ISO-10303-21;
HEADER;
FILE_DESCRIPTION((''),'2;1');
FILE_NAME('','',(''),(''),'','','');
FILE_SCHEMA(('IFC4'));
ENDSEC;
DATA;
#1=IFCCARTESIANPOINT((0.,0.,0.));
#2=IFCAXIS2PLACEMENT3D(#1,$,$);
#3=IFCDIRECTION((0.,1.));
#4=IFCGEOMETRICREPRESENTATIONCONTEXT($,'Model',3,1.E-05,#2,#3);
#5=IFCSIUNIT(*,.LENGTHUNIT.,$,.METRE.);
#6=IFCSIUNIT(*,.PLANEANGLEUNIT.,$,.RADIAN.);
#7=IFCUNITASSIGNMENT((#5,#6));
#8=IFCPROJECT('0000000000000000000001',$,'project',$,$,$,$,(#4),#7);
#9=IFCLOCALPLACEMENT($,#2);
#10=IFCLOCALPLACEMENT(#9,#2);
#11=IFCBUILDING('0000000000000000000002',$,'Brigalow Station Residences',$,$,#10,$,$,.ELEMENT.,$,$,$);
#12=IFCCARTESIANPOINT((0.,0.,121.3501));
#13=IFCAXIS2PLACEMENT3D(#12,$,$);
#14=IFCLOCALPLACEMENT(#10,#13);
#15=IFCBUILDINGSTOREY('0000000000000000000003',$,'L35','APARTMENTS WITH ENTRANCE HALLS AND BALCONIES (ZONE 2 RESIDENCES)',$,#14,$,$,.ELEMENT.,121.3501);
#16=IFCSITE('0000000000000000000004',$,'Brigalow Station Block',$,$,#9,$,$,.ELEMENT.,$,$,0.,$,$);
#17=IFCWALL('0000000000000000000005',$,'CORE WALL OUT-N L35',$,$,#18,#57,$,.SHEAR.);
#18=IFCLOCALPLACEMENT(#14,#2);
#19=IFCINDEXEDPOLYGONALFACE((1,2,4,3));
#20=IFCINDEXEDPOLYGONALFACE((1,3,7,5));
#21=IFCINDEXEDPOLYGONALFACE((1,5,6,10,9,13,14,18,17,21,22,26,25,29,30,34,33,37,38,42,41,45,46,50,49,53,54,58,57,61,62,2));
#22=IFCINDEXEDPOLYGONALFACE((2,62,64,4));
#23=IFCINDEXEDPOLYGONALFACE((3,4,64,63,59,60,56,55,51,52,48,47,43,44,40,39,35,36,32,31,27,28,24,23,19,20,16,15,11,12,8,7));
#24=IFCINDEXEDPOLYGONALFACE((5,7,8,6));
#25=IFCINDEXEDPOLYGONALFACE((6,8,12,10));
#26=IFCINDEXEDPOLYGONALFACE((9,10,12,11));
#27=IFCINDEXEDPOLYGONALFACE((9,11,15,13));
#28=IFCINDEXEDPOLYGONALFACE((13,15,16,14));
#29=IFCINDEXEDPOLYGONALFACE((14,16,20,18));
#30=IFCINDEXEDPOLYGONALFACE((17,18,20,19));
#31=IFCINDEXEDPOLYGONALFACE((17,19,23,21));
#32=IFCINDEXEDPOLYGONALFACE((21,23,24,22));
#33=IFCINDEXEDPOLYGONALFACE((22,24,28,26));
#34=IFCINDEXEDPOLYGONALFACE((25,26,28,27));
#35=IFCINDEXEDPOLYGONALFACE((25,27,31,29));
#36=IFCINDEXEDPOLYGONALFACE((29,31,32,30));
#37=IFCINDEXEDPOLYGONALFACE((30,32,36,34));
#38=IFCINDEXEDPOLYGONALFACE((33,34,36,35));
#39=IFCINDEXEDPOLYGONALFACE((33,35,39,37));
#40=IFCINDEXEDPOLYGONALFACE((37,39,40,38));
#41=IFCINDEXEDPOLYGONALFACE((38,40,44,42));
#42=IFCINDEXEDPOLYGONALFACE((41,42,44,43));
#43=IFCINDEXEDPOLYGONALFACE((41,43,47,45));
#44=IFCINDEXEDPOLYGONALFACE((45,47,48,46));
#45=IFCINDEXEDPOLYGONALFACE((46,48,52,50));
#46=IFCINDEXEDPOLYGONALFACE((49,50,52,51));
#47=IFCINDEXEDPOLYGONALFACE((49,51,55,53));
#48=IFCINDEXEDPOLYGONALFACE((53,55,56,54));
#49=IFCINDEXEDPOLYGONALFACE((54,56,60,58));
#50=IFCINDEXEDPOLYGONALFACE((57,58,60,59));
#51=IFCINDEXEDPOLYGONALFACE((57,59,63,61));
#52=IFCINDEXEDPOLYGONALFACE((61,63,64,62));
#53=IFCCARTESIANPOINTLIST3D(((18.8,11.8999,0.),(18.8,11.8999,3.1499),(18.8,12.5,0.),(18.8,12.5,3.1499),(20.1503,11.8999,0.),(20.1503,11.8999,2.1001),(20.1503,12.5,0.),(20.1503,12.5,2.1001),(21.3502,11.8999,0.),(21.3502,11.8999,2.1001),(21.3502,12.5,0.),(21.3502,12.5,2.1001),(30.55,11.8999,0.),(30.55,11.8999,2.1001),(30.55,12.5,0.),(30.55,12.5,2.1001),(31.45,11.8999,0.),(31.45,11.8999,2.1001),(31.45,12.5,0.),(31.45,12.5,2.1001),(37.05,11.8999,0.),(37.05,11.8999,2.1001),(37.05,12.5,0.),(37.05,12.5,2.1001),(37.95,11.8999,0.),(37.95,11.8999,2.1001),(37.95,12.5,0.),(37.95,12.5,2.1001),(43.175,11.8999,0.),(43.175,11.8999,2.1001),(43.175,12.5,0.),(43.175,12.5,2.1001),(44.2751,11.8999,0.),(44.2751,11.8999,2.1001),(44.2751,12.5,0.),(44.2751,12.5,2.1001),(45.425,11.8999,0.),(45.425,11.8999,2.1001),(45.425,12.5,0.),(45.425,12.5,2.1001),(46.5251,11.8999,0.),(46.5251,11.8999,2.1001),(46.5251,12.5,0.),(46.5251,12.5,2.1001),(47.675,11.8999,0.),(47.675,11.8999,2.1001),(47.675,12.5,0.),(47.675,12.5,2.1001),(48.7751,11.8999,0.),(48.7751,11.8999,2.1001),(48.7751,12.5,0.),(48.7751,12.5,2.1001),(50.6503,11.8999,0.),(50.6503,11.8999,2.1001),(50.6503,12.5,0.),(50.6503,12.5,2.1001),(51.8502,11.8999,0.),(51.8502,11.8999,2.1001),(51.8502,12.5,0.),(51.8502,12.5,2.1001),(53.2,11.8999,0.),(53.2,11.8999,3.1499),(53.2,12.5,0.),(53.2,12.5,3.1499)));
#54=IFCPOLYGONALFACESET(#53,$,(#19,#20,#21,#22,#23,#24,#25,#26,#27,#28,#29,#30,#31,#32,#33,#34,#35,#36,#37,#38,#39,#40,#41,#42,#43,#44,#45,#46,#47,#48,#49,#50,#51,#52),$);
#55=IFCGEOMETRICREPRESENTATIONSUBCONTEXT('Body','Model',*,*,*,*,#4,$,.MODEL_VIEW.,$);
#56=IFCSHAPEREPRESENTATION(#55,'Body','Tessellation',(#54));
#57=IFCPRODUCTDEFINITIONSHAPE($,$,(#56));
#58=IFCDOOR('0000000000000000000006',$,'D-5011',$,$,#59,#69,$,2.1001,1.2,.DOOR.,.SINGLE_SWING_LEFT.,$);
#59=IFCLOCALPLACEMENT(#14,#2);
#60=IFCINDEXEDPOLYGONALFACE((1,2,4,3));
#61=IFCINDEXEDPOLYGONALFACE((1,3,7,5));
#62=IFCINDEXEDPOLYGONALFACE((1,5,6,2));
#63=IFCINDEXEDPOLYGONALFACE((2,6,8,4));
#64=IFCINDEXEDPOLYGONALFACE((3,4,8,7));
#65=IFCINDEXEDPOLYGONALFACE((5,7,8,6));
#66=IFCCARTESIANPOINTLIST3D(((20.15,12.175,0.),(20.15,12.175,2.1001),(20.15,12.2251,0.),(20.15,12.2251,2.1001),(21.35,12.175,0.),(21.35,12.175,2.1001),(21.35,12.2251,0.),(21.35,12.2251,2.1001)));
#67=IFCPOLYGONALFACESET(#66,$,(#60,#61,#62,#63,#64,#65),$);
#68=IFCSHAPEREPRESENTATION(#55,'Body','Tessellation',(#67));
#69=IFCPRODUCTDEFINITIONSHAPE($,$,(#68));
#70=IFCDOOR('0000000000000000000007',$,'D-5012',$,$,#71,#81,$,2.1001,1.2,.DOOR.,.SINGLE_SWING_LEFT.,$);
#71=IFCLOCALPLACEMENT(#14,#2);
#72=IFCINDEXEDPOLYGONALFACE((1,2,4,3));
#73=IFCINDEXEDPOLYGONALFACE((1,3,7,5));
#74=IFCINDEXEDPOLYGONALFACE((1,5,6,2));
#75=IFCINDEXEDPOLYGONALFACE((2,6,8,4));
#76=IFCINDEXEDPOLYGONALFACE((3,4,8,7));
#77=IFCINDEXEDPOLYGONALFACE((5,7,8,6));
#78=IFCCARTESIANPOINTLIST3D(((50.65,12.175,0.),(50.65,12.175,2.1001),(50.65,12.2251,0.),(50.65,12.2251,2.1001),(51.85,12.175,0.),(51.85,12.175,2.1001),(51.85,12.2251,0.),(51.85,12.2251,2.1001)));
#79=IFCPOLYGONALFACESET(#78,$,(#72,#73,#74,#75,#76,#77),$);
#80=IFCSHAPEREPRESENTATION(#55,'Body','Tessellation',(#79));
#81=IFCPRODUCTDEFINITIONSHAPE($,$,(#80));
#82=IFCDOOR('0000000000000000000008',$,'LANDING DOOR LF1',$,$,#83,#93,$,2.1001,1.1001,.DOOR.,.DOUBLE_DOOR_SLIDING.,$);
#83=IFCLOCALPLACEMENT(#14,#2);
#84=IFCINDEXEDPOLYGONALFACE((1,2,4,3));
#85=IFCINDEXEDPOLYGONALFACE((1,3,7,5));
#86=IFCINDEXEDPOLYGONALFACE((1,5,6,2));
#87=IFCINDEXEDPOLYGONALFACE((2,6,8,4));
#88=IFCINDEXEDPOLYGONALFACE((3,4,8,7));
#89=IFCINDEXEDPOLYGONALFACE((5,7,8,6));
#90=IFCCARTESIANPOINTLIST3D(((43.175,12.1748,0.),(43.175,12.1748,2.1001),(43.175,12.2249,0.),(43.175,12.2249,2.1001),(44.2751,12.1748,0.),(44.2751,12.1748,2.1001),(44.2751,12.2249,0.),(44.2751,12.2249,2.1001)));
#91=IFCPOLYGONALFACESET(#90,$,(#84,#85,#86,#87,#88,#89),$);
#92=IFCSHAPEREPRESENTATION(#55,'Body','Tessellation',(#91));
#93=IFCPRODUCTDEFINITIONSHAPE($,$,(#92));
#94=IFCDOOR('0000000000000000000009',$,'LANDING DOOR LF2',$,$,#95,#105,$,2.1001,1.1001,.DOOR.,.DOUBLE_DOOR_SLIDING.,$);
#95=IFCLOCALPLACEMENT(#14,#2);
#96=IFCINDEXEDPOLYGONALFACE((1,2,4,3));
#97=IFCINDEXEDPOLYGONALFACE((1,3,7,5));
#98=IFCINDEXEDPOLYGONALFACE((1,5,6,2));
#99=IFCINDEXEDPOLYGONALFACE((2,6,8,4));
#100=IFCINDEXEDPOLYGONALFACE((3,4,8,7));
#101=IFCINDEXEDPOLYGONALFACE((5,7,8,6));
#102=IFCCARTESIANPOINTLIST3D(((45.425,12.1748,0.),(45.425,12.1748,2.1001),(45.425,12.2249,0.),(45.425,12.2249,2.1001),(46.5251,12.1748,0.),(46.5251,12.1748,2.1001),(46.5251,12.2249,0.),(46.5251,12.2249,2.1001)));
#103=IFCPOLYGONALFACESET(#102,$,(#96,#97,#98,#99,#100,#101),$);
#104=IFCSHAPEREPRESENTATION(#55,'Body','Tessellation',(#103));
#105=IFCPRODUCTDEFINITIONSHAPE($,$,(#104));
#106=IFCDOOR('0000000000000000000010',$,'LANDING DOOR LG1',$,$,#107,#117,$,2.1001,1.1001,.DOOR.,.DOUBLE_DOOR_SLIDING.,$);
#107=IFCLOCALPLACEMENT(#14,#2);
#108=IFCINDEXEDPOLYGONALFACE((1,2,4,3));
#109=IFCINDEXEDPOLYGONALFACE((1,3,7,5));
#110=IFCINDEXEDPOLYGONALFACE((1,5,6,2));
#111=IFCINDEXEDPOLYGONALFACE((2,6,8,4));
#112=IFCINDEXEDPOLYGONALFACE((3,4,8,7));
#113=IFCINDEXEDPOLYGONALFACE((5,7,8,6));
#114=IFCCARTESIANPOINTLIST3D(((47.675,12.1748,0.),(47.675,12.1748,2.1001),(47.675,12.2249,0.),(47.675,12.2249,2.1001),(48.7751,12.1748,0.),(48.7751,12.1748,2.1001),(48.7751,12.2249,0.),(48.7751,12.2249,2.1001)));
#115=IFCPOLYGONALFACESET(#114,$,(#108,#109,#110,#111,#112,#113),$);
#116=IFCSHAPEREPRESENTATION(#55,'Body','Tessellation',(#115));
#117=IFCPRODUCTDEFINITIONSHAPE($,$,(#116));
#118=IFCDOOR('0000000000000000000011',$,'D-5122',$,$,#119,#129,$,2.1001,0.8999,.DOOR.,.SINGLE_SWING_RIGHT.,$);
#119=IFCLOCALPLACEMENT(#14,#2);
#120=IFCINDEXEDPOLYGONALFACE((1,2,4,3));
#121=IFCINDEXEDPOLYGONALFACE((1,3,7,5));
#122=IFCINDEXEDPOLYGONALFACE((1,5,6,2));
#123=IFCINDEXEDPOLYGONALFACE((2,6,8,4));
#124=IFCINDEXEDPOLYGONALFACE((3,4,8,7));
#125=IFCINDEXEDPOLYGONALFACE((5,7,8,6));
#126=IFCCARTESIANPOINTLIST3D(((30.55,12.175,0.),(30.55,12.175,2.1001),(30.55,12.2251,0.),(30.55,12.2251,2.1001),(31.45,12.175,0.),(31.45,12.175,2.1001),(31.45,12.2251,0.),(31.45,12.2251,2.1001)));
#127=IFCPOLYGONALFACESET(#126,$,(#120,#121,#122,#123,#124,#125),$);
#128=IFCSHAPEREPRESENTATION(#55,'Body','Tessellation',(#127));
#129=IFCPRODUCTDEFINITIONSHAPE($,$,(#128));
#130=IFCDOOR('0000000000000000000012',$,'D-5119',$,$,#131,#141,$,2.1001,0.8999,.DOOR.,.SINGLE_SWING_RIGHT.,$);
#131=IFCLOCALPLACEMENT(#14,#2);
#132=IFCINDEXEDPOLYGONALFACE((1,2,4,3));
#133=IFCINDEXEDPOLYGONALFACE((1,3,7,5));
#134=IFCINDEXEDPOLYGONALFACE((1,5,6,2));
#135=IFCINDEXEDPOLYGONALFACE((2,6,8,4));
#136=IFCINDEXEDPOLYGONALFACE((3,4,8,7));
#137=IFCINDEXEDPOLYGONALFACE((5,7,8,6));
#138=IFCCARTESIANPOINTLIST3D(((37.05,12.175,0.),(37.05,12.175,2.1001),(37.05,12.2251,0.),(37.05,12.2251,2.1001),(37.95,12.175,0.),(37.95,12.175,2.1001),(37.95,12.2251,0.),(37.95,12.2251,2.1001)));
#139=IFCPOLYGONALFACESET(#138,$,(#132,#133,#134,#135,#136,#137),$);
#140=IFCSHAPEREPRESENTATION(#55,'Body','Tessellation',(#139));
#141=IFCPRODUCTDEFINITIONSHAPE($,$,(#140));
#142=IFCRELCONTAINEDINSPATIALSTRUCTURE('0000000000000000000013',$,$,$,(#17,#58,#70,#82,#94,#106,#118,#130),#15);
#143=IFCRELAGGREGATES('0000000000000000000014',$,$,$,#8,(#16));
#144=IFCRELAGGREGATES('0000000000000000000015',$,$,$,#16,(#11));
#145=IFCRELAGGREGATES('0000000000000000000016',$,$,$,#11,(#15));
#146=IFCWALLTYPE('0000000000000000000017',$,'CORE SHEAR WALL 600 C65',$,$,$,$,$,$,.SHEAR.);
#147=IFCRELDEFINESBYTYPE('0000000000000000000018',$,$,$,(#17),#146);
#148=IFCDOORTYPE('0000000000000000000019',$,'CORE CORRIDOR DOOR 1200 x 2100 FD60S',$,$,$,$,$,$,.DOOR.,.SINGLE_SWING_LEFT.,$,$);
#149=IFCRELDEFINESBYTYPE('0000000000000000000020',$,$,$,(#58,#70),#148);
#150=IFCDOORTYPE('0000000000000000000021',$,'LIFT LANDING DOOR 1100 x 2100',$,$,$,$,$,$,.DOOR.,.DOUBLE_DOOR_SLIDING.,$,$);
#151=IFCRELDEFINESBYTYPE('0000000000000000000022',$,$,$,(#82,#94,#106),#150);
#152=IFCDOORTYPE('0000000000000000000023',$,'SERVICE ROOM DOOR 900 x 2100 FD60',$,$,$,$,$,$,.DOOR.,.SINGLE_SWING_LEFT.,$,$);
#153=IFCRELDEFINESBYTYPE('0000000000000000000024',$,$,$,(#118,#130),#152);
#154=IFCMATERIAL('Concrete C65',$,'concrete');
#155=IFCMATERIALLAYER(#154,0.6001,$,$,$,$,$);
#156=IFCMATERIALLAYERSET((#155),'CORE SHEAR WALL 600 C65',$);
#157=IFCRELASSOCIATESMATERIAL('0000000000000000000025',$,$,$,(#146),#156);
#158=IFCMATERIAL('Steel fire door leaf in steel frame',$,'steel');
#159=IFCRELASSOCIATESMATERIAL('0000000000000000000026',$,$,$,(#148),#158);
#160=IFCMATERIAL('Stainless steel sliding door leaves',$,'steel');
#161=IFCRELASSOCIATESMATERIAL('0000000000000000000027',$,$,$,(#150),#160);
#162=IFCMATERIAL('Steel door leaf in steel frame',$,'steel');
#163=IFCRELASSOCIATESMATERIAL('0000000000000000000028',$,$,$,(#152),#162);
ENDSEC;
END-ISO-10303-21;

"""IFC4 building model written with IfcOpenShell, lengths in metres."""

from ifc_helpers import new_model, si_unit, direction, frame, frame_2d, origin, place, context, subcontext, project, spatial, rectangle, extrude, material, layer, layer_set, type_object, element, fill, save


model = new_model("IFC4")

# Units and contexts
model_context = context("Model", 3, precision=1e-05, world=origin(), true_north=direction((0.0, 1.0)))
body_context = subcontext(model_context, "Body", "Model", "MODEL_VIEW")
ifc_project = project(units=[si_unit("LENGTHUNIT", "METRE"), si_unit("PLANEANGLEUNIT", "RADIAN")], contexts=[model_context])

# Site, building, storey
site_placement = place(None, origin())
site = spatial("IfcSite", under=ifc_project, at=site_placement, Name="Brigalow Station Block", CompositionType="ELEMENT", RefElevation=0.0)
building_placement = place(site_placement, origin())
building = spatial("IfcBuilding", under=site, at=building_placement, Name="Brigalow Station Residences", CompositionType="ELEMENT")
storey_placement = place(building_placement, frame((0.0, 0.0, 121.3501)))
storey = spatial("IfcBuildingStorey", under=building, at=storey_placement, Name="L35", Description="APARTMENTS WITH ENTRANCE HALLS AND BALCONIES (ZONE 2 RESIDENCES)", CompositionType="ELEMENT", Elevation=121.3501)

# Wall, openings, doors
ifc_material_1 = material(Name="Concrete C65", Category="concrete")
ifc_layer_1 = layer(ifc_material_1, 0.6001)
ifc_layer_set_1 = layer_set([ifc_layer_1], Name="CORE SHEAR WALL 600 C65")
wall_type_1 = type_object("IfcWallType", Name="CORE SHEAR WALL 600 C65", PredefinedType="SHEAR", material=ifc_layer_set_1)
wall_1_placement = place(storey_placement, frame((18.8, 12.2, 0.0), z_axis=(0.0, 0.0, 1.0), x_axis=(1.0, 0.0, 0.0)))
wall_1 = element("IfcWall", 1, at=wall_1_placement, inside=storey, type_object=wall_type_1, Name="CORE WALL OUT-N L35", PredefinedType="SHEAR", context=body_context, shape_type="SweptSolid", body=[
    extrude(rectangle(XDim=34.3999, YDim=0.6001, at=frame_2d((17.2, 0.0))), origin(), (0.0, 0.0, 1.0), 3.1499),
])
opening_1_placement = place(wall_1_placement, frame((24.375, 0.0, 0.0)))
opening_1 = element("IfcOpeningElement", 2, at=opening_1_placement, cuts=wall_1, PredefinedType="OPENING", context=body_context, shape_type="SweptSolid", body=[
    extrude(rectangle(XDim=1.1001, YDim=2.1001, at=frame_2d((0.55, 1.05))), frame((0.0, 0.3101, 0.0), z_axis=(0.0, -1.0, 0.0), x_axis=(1.0, 0.0, 0.0)), (0.0, 0.0, 1.0), 0.6201),
])
opening_2_placement = place(wall_1_placement, frame((26.625, 0.0, 0.0)))
opening_2 = element("IfcOpeningElement", 3, at=opening_2_placement, cuts=wall_1, PredefinedType="OPENING", context=body_context, shape_type="SweptSolid", body=[
    extrude(rectangle(XDim=1.1001, YDim=2.1001, at=frame_2d((0.55, 1.05))), frame((0.0, 0.3101, 0.0), z_axis=(0.0, -1.0, 0.0), x_axis=(1.0, 0.0, 0.0)), (0.0, 0.0, 1.0), 0.6201),
])
opening_3_placement = place(wall_1_placement, frame((28.875, 0.0, 0.0)))
opening_3 = element("IfcOpeningElement", 4, at=opening_3_placement, cuts=wall_1, PredefinedType="OPENING", context=body_context, shape_type="SweptSolid", body=[
    extrude(rectangle(XDim=1.1001, YDim=2.1001, at=frame_2d((0.55, 1.05))), frame((0.0, 0.3101, 0.0), z_axis=(0.0, -1.0, 0.0), x_axis=(1.0, 0.0, 0.0)), (0.0, 0.0, 1.0), 0.6201),
])
opening_4_placement = place(wall_1_placement, frame((11.75, 0.0, 0.0)))
opening_4 = element("IfcOpeningElement", 5, at=opening_4_placement, cuts=wall_1, PredefinedType="OPENING", context=body_context, shape_type="SweptSolid", body=[
    extrude(rectangle(XDim=0.8999, YDim=2.1001, at=frame_2d((0.45, 1.05))), frame((0.0, 0.3101, 0.0), z_axis=(0.0, -1.0, 0.0), x_axis=(1.0, 0.0, 0.0)), (0.0, 0.0, 1.0), 0.6201),
])
opening_5_placement = place(wall_1_placement, frame((18.25, 0.0, 0.0)))
opening_5 = element("IfcOpeningElement", 6, at=opening_5_placement, cuts=wall_1, PredefinedType="OPENING", context=body_context, shape_type="SweptSolid", body=[
    extrude(rectangle(XDim=0.8999, YDim=2.1001, at=frame_2d((0.45, 1.05))), frame((0.0, 0.3101, 0.0), z_axis=(0.0, -1.0, 0.0), x_axis=(1.0, 0.0, 0.0)), (0.0, 0.0, 1.0), 0.6201),
])
opening_6_placement = place(wall_1_placement, frame((1.3501, 0.0, 0.0)))
opening_6 = element("IfcOpeningElement", 7, at=opening_6_placement, cuts=wall_1, PredefinedType="OPENING", context=body_context, shape_type="SweptSolid", body=[
    extrude(rectangle(XDim=1.2, YDim=2.1001, at=frame_2d((0.6001, 1.05))), frame((0.0, 0.3101, 0.0), z_axis=(0.0, -1.0, 0.0), x_axis=(1.0, 0.0, 0.0)), (0.0, 0.0, 1.0), 0.6201),
])
opening_7_placement = place(wall_1_placement, frame((31.8501, 0.0, 0.0)))
opening_7 = element("IfcOpeningElement", 8, at=opening_7_placement, cuts=wall_1, PredefinedType="OPENING", context=body_context, shape_type="SweptSolid", body=[
    extrude(rectangle(XDim=1.2, YDim=2.1001, at=frame_2d((0.6001, 1.05))), frame((0.0, 0.3101, 0.0), z_axis=(0.0, -1.0, 0.0), x_axis=(1.0, 0.0, 0.0)), (0.0, 0.0, 1.0), 0.6201),
])
ifc_material_2 = material(Name="Steel fire door leaf in steel frame", Category="steel")
door_type_1 = type_object("IfcDoorType", Name="CORE CORRIDOR DOOR 1200 x 2100 FD60S", OperationType="SINGLE_SWING_LEFT", PredefinedType="DOOR", material=ifc_material_2)
door_1_placement = place(opening_6_placement, frame((1.2, 0.0, 0.0), z_axis=(0.0, 0.0, 1.0), x_axis=(-1.0, 0.0, 0.0)))
door_1 = element("IfcDoor", 9, at=door_1_placement, inside=storey, type_object=door_type_1, Name="D-5011", OperationType="SINGLE_SWING_LEFT", OverallHeight=2.1001, OverallWidth=1.2, PredefinedType="DOOR", context=body_context, shape_type="SweptSolid", body=[
    extrude(rectangle(XDim=1.2, YDim=2.1001, at=frame_2d((0.6001, 1.05))), frame((0.0, 0.0249, 0.0), z_axis=(0.0, -1.0, 0.0), x_axis=(1.0, 0.0, 0.0)), (0.0, 0.0, 1.0), 0.05),
])
fill(opening_6, door_1)
door_2_placement = place(opening_7_placement, frame((1.2, 0.0, 0.0), z_axis=(0.0, 0.0, 1.0), x_axis=(-1.0, 0.0, 0.0)))
door_2 = element("IfcDoor", 10, at=door_2_placement, inside=storey, type_object=door_type_1, Name="D-5012", OperationType="SINGLE_SWING_LEFT", OverallHeight=2.1001, OverallWidth=1.2, PredefinedType="DOOR", context=body_context, shape_type="SweptSolid", body=[
    extrude(rectangle(XDim=1.2, YDim=2.1001, at=frame_2d((0.6001, 1.05))), frame((0.0, 0.0249, 0.0), z_axis=(0.0, -1.0, 0.0), x_axis=(1.0, 0.0, 0.0)), (0.0, 0.0, 1.0), 0.05),
])
fill(opening_7, door_2)
ifc_material_3 = material(Name="Stainless steel sliding door leaves", Category="steel")
door_type_2 = type_object("IfcDoorType", Name="LIFT LANDING DOOR 1100 x 2100", OperationType="DOUBLE_DOOR_SLIDING", PredefinedType="DOOR", material=ifc_material_3)
door_3_placement = place(opening_1_placement, origin())
door_3 = element("IfcDoor", 11, at=door_3_placement, inside=storey, type_object=door_type_2, Name="LANDING DOOR LF1", OperationType="DOUBLE_DOOR_SLIDING", OverallHeight=2.1001, OverallWidth=1.1001, PredefinedType="DOOR", context=body_context, shape_type="SweptSolid", body=[
    extrude(rectangle(XDim=1.1001, YDim=2.1001, at=frame_2d((0.55, 1.05))), frame((0.0, 0.0249, 0.0), z_axis=(0.0, -1.0, 0.0), x_axis=(1.0, 0.0, 0.0)), (0.0, 0.0, 1.0), 0.05),
])
fill(opening_1, door_3)
door_4_placement = place(opening_2_placement, origin())
door_4 = element("IfcDoor", 12, at=door_4_placement, inside=storey, type_object=door_type_2, Name="LANDING DOOR LF2", OperationType="DOUBLE_DOOR_SLIDING", OverallHeight=2.1001, OverallWidth=1.1001, PredefinedType="DOOR", context=body_context, shape_type="SweptSolid", body=[
    extrude(rectangle(XDim=1.1001, YDim=2.1001, at=frame_2d((0.55, 1.05))), frame((0.0, 0.0249, 0.0), z_axis=(0.0, -1.0, 0.0), x_axis=(1.0, 0.0, 0.0)), (0.0, 0.0, 1.0), 0.05),
])
fill(opening_2, door_4)
door_5_placement = place(opening_3_placement, origin())
door_5 = element("IfcDoor", 13, at=door_5_placement, inside=storey, type_object=door_type_2, Name="LANDING DOOR LG1", OperationType="DOUBLE_DOOR_SLIDING", OverallHeight=2.1001, OverallWidth=1.1001, PredefinedType="DOOR", context=body_context, shape_type="SweptSolid", body=[
    extrude(rectangle(XDim=1.1001, YDim=2.1001, at=frame_2d((0.55, 1.05))), frame((0.0, 0.0249, 0.0), z_axis=(0.0, -1.0, 0.0), x_axis=(1.0, 0.0, 0.0)), (0.0, 0.0, 1.0), 0.05),
])
fill(opening_3, door_5)
ifc_material_4 = material(Name="Steel door leaf in steel frame", Category="steel")
door_type_3 = type_object("IfcDoorType", Name="SERVICE ROOM DOOR 900 x 2100 FD60", OperationType="SINGLE_SWING_LEFT", PredefinedType="DOOR", material=ifc_material_4)
door_6_placement = place(opening_4_placement, frame((0.8999, 0.0, 0.0), z_axis=(0.0, 0.0, 1.0), x_axis=(-1.0, 0.0, 0.0)))
door_6 = element("IfcDoor", 14, at=door_6_placement, inside=storey, type_object=door_type_3, Name="D-5122", OperationType="SINGLE_SWING_RIGHT", OverallHeight=2.1001, OverallWidth=0.8999, PredefinedType="DOOR", context=body_context, shape_type="SweptSolid", body=[
    extrude(rectangle(XDim=0.8999, YDim=2.1001, at=frame_2d((0.45, 1.05))), frame((0.0, 0.0249, 0.0), z_axis=(0.0, -1.0, 0.0), x_axis=(1.0, 0.0, 0.0)), (0.0, 0.0, 1.0), 0.05),
])
fill(opening_4, door_6)
door_7_placement = place(opening_5_placement, frame((0.8999, 0.0, 0.0), z_axis=(0.0, 0.0, 1.0), x_axis=(-1.0, 0.0, 0.0)))
door_7 = element("IfcDoor", 15, at=door_7_placement, inside=storey, type_object=door_type_3, Name="D-5119", OperationType="SINGLE_SWING_RIGHT", OverallHeight=2.1001, OverallWidth=0.8999, PredefinedType="DOOR", context=body_context, shape_type="SweptSolid", body=[
    extrude(rectangle(XDim=0.8999, YDim=2.1001, at=frame_2d((0.45, 1.05))), frame((0.0, 0.0249, 0.0), z_axis=(0.0, -1.0, 0.0), x_axis=(1.0, 0.0, 0.0)), (0.0, 0.0, 1.0), 0.05),
])
fill(opening_5, door_7)

save(model, "model.ifc")
